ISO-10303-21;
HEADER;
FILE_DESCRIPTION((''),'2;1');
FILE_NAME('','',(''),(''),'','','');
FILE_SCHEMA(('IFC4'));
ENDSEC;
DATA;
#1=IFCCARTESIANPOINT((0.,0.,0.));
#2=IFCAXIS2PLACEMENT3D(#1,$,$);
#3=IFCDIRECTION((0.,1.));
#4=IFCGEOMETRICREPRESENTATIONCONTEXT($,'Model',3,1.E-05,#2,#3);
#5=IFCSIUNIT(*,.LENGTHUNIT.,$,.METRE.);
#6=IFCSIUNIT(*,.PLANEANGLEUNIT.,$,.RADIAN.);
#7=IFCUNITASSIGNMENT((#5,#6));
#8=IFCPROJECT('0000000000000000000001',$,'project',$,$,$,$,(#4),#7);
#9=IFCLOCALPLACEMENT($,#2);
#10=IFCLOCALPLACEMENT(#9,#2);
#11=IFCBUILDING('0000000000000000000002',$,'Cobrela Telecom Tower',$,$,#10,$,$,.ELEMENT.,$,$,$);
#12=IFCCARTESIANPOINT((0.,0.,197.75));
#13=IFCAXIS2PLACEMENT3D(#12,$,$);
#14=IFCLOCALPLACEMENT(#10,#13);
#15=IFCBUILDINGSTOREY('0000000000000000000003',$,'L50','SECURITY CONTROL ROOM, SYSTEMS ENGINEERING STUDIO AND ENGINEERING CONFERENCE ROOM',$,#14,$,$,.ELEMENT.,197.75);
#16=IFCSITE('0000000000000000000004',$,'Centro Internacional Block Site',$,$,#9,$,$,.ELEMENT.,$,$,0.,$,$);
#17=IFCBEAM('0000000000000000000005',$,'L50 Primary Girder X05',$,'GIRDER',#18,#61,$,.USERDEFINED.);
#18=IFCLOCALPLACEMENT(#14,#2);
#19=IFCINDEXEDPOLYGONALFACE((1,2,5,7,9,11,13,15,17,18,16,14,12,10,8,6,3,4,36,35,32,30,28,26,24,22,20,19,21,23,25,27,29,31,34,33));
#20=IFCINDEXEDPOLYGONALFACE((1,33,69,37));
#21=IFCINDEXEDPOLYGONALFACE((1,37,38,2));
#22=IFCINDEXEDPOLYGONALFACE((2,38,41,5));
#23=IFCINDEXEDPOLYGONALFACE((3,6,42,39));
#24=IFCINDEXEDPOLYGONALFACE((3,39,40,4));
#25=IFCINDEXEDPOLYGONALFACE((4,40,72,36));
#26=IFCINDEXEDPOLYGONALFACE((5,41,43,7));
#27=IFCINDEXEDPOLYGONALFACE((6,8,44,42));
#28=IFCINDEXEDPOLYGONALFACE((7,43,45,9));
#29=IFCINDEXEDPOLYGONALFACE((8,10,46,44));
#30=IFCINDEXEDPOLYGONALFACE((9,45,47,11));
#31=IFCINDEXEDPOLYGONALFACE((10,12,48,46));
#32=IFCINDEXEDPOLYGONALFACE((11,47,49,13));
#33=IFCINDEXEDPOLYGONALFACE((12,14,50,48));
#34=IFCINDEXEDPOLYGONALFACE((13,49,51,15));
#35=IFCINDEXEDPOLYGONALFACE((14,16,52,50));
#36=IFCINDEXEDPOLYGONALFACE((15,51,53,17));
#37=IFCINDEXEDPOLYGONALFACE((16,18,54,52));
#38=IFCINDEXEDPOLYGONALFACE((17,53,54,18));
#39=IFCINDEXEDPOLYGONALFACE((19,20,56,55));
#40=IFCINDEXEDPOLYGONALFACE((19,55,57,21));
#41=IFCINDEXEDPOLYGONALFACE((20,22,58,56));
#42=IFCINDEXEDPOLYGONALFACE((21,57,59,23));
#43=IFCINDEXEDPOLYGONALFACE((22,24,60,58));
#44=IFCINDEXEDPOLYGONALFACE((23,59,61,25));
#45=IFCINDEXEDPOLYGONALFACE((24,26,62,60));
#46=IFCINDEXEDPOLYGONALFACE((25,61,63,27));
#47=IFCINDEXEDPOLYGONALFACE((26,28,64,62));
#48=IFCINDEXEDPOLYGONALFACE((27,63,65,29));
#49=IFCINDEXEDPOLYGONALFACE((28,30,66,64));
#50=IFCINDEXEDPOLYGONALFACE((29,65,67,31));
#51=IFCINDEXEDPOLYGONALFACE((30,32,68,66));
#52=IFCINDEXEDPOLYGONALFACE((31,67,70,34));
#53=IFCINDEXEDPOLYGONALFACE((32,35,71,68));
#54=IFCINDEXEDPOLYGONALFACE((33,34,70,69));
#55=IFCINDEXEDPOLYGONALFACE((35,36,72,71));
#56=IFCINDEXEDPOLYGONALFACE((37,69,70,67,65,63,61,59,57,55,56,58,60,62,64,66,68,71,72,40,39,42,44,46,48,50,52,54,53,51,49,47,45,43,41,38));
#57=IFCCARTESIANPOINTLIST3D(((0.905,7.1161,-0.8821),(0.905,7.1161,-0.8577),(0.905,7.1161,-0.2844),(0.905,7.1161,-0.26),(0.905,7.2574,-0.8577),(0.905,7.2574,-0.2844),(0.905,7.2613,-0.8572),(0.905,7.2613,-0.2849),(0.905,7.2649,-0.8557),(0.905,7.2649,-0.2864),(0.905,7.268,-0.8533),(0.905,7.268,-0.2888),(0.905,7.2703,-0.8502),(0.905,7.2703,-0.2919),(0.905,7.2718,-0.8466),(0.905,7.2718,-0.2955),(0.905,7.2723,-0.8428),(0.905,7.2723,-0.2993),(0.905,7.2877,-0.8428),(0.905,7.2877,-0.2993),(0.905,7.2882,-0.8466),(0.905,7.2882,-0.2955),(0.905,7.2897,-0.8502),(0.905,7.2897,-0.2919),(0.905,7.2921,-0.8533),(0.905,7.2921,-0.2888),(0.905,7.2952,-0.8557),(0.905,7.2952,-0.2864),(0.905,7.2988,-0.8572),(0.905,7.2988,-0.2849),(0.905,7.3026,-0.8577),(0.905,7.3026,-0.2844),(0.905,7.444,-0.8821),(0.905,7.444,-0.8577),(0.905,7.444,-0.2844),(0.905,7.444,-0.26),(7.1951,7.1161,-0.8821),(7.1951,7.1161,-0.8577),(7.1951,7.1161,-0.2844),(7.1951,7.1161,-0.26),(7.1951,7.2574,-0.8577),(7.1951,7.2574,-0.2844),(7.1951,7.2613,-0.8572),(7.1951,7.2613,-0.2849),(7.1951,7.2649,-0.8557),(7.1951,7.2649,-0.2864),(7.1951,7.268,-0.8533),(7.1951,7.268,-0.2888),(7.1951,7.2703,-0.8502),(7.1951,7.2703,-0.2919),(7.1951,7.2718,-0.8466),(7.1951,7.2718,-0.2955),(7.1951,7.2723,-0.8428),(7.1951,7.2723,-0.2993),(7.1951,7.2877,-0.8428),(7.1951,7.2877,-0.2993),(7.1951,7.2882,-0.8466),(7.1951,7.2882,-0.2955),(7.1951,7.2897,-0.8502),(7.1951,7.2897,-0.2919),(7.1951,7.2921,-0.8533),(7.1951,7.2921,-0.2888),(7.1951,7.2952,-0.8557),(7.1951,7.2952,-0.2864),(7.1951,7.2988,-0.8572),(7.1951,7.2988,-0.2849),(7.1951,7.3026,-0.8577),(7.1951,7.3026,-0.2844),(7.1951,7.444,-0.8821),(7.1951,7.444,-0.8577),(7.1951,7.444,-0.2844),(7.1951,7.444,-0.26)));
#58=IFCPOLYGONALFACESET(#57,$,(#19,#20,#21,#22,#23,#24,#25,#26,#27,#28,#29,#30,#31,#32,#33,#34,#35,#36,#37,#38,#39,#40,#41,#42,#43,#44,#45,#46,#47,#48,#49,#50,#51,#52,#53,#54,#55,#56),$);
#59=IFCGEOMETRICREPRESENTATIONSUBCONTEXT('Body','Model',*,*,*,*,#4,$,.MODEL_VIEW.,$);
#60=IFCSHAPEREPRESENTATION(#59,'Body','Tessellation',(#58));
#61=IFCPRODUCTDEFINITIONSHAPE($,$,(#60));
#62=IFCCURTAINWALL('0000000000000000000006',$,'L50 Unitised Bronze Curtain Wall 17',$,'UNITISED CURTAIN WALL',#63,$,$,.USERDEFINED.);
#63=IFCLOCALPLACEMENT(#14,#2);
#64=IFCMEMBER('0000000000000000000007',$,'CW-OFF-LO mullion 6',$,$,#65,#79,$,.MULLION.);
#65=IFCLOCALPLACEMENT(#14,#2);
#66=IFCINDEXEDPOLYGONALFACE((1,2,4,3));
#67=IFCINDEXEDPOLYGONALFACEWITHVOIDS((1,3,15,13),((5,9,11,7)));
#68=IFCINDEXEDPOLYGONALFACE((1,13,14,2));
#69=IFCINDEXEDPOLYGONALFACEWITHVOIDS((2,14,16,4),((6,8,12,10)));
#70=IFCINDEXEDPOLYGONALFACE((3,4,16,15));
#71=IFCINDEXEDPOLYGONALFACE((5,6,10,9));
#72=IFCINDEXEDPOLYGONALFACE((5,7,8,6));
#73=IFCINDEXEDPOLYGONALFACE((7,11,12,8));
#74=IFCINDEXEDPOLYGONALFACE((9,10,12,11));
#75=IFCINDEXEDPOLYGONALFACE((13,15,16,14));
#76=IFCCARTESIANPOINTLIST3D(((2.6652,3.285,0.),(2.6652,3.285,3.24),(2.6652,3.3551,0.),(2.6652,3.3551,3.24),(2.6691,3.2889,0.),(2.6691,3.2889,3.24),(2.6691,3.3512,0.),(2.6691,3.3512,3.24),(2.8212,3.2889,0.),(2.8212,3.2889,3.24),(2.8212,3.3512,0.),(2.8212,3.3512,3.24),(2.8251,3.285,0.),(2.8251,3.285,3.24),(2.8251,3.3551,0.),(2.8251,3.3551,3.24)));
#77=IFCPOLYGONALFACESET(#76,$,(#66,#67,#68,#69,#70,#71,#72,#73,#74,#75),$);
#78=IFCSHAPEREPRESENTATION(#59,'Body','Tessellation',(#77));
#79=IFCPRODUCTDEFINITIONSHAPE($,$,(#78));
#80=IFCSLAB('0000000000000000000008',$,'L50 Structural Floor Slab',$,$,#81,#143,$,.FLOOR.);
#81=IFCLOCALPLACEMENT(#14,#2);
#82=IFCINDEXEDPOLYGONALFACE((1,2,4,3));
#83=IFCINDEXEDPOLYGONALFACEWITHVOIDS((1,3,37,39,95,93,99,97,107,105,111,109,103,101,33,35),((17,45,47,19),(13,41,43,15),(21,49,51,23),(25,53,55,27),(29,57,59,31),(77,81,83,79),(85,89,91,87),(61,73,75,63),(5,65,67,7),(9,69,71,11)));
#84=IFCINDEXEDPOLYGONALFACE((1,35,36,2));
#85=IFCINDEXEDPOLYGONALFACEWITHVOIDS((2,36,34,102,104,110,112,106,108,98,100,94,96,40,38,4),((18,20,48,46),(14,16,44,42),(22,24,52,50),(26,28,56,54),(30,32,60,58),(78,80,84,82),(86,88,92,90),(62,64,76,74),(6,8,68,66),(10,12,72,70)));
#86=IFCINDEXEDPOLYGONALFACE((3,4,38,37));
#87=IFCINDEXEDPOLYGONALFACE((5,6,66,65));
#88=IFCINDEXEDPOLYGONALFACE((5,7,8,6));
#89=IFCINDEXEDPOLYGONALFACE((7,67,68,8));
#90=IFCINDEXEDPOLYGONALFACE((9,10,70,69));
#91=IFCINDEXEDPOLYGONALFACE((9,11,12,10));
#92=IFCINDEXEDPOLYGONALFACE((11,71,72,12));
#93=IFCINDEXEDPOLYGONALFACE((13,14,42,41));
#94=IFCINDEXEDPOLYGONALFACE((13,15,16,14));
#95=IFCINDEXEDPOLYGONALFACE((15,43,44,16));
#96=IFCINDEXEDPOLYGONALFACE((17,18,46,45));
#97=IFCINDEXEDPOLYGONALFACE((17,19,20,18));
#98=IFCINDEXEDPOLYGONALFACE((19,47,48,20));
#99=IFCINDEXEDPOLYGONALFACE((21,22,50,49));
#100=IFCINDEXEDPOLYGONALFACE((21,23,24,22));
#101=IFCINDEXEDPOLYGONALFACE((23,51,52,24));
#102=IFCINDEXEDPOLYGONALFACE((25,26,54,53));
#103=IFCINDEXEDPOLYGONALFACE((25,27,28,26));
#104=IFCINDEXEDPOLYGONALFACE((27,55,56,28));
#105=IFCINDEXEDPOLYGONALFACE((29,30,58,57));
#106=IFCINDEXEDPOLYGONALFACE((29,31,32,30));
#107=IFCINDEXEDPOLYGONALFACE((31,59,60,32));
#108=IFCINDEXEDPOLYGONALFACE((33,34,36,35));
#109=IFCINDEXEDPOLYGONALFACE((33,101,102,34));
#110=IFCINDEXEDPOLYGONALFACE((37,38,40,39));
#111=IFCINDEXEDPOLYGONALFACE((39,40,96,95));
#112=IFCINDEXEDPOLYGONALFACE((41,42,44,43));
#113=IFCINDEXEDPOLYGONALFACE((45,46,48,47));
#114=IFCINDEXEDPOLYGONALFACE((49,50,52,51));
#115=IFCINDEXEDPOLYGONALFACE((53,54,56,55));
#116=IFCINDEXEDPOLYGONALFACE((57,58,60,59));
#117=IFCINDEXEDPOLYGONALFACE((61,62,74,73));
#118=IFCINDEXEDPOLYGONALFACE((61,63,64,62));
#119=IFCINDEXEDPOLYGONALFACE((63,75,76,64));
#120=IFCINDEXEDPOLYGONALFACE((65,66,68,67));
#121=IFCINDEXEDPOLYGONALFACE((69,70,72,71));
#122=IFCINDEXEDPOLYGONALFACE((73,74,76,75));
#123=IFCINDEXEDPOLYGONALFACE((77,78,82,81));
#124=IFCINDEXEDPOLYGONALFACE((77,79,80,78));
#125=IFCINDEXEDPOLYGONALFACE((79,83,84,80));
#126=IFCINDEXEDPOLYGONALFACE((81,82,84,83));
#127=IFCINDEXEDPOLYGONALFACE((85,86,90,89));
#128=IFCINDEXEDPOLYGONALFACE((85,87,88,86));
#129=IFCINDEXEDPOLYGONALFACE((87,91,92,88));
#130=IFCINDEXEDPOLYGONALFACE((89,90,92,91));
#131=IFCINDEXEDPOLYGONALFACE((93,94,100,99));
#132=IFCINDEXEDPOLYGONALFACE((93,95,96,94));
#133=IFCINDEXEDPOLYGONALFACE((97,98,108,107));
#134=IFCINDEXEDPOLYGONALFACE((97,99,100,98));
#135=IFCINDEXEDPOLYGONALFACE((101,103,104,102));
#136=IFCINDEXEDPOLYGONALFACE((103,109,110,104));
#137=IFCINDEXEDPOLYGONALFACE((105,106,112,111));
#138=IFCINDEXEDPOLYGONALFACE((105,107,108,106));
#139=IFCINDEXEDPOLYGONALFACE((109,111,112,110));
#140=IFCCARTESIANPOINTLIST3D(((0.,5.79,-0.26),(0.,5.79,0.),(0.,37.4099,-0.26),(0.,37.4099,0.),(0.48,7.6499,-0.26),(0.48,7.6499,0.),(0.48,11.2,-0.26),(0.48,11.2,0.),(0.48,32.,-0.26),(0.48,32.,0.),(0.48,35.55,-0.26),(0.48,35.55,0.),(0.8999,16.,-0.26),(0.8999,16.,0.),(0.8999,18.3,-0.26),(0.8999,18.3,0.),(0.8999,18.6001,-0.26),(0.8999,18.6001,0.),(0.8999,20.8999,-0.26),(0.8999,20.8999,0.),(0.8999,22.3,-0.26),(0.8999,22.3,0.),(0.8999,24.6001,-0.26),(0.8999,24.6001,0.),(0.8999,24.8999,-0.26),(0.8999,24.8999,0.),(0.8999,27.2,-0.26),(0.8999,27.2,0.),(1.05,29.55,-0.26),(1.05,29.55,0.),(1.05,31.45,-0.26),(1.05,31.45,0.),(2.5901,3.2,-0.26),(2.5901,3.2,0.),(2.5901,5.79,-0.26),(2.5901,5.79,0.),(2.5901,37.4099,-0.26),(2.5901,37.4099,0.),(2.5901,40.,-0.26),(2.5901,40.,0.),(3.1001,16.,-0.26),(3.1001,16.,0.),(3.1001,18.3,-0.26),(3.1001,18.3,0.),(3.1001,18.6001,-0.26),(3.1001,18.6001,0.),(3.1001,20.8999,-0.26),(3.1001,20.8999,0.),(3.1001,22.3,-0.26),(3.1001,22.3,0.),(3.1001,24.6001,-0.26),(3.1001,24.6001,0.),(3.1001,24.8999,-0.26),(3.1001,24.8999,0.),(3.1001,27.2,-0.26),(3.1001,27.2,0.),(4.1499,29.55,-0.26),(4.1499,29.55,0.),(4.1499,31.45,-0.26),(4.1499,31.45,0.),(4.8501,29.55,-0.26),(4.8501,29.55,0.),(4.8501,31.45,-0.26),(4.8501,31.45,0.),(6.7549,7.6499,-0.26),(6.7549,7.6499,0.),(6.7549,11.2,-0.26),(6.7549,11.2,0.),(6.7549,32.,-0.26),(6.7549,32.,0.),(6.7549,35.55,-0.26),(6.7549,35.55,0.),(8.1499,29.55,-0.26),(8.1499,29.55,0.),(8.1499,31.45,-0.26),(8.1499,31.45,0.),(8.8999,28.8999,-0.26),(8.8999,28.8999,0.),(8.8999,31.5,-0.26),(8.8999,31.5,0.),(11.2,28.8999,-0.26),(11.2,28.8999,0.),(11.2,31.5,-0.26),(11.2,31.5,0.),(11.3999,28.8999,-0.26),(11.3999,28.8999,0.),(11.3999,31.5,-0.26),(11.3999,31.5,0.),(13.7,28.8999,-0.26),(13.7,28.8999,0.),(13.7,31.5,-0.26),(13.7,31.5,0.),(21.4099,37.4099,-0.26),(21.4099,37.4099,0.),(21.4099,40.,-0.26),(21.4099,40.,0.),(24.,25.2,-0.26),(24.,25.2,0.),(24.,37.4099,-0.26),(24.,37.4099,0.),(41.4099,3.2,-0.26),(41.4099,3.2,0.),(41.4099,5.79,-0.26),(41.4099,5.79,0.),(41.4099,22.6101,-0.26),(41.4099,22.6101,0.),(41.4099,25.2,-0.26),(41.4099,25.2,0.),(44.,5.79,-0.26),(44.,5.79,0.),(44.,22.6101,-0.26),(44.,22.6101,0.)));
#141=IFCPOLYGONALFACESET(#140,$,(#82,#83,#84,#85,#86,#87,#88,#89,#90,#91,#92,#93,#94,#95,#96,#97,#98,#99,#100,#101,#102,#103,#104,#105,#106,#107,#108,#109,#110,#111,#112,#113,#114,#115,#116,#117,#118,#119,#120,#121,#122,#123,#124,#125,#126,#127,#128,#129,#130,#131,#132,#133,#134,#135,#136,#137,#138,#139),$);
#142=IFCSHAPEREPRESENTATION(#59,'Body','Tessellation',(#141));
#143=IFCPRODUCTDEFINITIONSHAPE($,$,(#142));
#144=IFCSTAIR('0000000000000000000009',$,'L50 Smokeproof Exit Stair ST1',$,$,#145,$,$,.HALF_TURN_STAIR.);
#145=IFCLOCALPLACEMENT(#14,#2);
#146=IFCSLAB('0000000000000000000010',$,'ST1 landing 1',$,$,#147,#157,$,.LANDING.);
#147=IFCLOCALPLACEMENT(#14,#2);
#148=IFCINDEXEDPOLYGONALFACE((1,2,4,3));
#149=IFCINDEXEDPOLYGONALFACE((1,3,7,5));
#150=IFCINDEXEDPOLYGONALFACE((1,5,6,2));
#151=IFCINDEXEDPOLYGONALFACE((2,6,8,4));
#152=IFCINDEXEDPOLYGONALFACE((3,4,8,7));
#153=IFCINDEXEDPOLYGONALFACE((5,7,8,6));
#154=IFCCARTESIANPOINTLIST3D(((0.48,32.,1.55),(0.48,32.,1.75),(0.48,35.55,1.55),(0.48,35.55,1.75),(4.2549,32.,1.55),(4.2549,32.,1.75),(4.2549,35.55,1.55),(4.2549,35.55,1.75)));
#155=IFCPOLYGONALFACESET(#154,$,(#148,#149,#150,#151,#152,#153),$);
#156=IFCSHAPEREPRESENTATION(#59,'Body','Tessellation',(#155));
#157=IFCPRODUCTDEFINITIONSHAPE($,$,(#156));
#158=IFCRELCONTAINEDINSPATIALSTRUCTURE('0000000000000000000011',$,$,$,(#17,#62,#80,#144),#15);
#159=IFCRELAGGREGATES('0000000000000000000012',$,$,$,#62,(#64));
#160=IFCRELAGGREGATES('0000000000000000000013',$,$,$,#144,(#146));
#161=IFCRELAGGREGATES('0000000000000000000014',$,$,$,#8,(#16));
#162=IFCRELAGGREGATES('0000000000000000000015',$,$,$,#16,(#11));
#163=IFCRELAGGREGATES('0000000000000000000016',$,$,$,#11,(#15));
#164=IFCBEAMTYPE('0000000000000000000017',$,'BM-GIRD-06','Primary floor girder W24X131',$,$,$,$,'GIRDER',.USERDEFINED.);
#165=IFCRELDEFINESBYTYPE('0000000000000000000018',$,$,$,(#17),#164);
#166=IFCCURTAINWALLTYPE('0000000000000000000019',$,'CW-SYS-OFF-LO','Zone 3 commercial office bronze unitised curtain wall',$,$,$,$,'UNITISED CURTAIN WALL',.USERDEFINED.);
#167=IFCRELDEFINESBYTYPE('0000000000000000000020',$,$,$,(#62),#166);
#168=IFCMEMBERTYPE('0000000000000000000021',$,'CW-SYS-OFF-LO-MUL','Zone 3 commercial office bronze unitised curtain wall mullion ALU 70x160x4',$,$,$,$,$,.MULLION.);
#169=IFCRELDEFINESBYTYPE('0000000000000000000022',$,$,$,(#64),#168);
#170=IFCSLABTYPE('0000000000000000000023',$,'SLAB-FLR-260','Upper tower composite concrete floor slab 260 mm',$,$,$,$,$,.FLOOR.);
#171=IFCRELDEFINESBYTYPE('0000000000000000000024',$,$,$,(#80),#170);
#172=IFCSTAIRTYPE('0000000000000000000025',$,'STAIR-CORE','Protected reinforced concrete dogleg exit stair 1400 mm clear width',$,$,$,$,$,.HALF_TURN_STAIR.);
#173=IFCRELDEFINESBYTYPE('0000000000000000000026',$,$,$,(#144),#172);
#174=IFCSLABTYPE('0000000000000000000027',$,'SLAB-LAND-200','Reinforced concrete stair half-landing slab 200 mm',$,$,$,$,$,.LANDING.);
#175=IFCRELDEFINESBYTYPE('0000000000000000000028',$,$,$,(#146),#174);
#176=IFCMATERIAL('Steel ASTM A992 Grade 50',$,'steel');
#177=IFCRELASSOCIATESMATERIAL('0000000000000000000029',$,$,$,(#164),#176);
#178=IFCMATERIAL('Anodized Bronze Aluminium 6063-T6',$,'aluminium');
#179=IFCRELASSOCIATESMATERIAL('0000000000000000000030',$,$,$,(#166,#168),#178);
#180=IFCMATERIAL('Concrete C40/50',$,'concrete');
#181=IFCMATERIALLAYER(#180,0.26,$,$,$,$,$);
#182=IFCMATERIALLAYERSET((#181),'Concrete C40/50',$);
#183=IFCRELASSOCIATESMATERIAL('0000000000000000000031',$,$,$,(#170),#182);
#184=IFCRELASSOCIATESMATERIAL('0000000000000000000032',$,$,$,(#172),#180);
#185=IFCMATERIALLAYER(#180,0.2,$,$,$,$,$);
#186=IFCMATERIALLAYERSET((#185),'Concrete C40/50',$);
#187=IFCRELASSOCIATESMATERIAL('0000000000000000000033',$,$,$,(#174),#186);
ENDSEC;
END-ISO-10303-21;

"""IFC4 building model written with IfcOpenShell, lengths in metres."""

from ifc_helpers import new_model, si_unit, direction, frame, origin, origin_2d, place, context, subcontext, project, spatial, polyline, hollow_rectangle, i_section, outline, extrude, material, layer, layer_set, material_profile, profile_set, type_object, element, aggregate, save


model = new_model("IFC4")

# Units and contexts
model_context = context("Model", 3, precision=1e-05, world=origin(), true_north=direction((0.0, 1.0)))
body_context = subcontext(model_context, "Body", "Model", "MODEL_VIEW")
ifc_project = project(units=[si_unit("LENGTHUNIT", "METRE"), si_unit("PLANEANGLEUNIT", "RADIAN")], contexts=[model_context])

# Site, building, storey
site_placement = place(None, origin())
site = spatial("IfcSite", under=ifc_project, at=site_placement, Name="Centro Internacional Block Site", CompositionType="ELEMENT", RefElevation=0.0)
building_placement = place(site_placement, origin())
building = spatial("IfcBuilding", under=site, at=building_placement, Name="Cobrela Telecom Tower", CompositionType="ELEMENT")
storey_placement = place(building_placement, frame((0.0, 0.0, 197.75)))
storey = spatial("IfcBuildingStorey", under=building, at=storey_placement, Name="L50", Description="SECURITY CONTROL ROOM, SYSTEMS ENGINEERING STUDIO AND ENGINEERING CONFERENCE ROOM", CompositionType="ELEMENT", Elevation=197.75)

# Beam
ifc_material_1 = material(Name="Steel ASTM A992 Grade 50", Category="steel")
ifc_material_profile_1 = material_profile(ifc_material_1, i_section(OverallWidth=0.3279, OverallDepth=0.6221, WebThickness=0.0154, FlangeThickness=0.0244, FilletRadius=0.0149, at=origin_2d()), Name="W24X131")
ifc_profile_set_1 = profile_set([ifc_material_profile_1], Name="Steel ASTM A992 Grade 50")
beam_type = type_object("IfcBeamType", Name="BM-GIRD-06", Description="Primary floor girder W24X131", ElementType="GIRDER", PredefinedType="USERDEFINED", material=ifc_profile_set_1)
beam_placement = place(storey_placement, frame((0.905, 7.28, -0.571), z_axis=(1.0, 0.0, 0.0), x_axis=(0.0, 1.0, 0.0)))
element("IfcBeam", 1, at=beam_placement, inside=storey, type_object=beam_type, Name="L50 Primary Girder X05", ObjectType="GIRDER", PredefinedType="USERDEFINED", context=body_context, shape_type="SweptSolid", body=[
    extrude(i_section(OverallWidth=0.3279, OverallDepth=0.6221, WebThickness=0.0154, FlangeThickness=0.0244, FilletRadius=0.0149, at=origin_2d()), origin(), (0.0, 0.0, 1.0), 6.29),
])

# Curtain wall, member
ifc_material_2 = material(Name="Anodized Bronze Aluminium 6063-T6", Category="aluminium")
curtain_wall_type = type_object("IfcCurtainWallType", Name="CW-SYS-OFF-LO", Description="Zone 3 commercial office bronze unitised curtain wall", ElementType="UNITISED CURTAIN WALL", PredefinedType="USERDEFINED", material=ifc_material_2)
curtain_wall_placement = place(storey_placement, origin())
curtain_wall = element("IfcCurtainWall", 2, at=curtain_wall_placement, inside=storey, type_object=curtain_wall_type, Name="L50 Unitised Bronze Curtain Wall 17", ObjectType="UNITISED CURTAIN WALL", PredefinedType="USERDEFINED")
ifc_material_profile_2 = material_profile(ifc_material_2, hollow_rectangle(XDim=0.0701, YDim=0.1599, WallThickness=0.0039, at=origin_2d()), Name="ALU 70x160x4")
ifc_profile_set_2 = profile_set([ifc_material_profile_2], Name="Anodized Bronze Aluminium 6063-T6")
member_type = type_object("IfcMemberType", Name="CW-SYS-OFF-LO-MUL", Description="Zone 3 commercial office bronze unitised curtain wall mullion ALU 70x160x4", PredefinedType="MULLION", material=ifc_profile_set_2)
member_placement = place(storey_placement, frame((2.7451, 3.3201, 0.0), z_axis=(0.0, 0.0, 1.0), x_axis=(0.0, -1.0, 0.0)))
member = element("IfcMember", 3, at=member_placement, type_object=member_type, Name="CW-OFF-LO mullion 6", PredefinedType="MULLION", context=body_context, shape_type="SweptSolid", body=[
    extrude(hollow_rectangle(XDim=0.0701, YDim=0.1599, WallThickness=0.0039, at=origin_2d()), origin(), (0.0, 0.0, 1.0), 3.24),
])
aggregate(curtain_wall, [member])

# Slab, openings
ifc_material_3 = material(Name="Concrete C40/50", Category="concrete")
ifc_layer_1 = layer(ifc_material_3, 0.26)
ifc_layer_set_1 = layer_set([ifc_layer_1], Name="Concrete C40/50")
slab_type_1 = type_object("IfcSlabType", Name="SLAB-FLR-260", Description="Upper tower composite concrete floor slab 260 mm", PredefinedType="FLOOR", material=ifc_layer_set_1)
slab_1_placement = place(storey_placement, frame((0.0, 0.0, -0.26)))
slab_1 = element("IfcSlab", 4, at=slab_1_placement, inside=storey, type_object=slab_type_1, Name="L50 Structural Floor Slab", PredefinedType="FLOOR", context=body_context, shape_type="SweptSolid", body=[
    extrude(outline(polyline([(2.5901, 3.2), (41.4099, 3.2), (41.4099, 5.79), (44.0, 5.79), (44.0, 22.6101), (41.4099, 22.6101), (41.4099, 25.2), (24.0, 25.2), (24.0, 37.4099), (21.4099, 37.4099), (21.4099, 40.0), (2.5901, 40.0), (2.5901, 37.4099), (0.0, 37.4099), (0.0, 5.79), (2.5901, 5.79), (2.5901, 3.2)])), origin(), (0.0, 0.0, 1.0), 0.26),
])
opening_1_placement = place(slab_1_placement, frame((0.0, 0.0, -0.02)))
element("IfcOpeningElement", 5, at=opening_1_placement, cuts=slab_1, PredefinedType="OPENING", context=body_context, shape_type="SweptSolid", body=[
    extrude(outline(polyline([(8.8999, 28.8999), (11.2, 28.8999), (11.2, 31.5), (8.8999, 31.5), (8.8999, 28.8999)])), origin(), (0.0, 0.0, 1.0), 0.3),
])
opening_2_placement = place(slab_1_placement, frame((0.0, 0.0, -0.02)))
element("IfcOpeningElement", 6, at=opening_2_placement, cuts=slab_1, PredefinedType="OPENING", context=body_context, shape_type="SweptSolid", body=[
    extrude(outline(polyline([(11.3999, 28.8999), (13.7, 28.8999), (13.7, 31.5), (11.3999, 31.5), (11.3999, 28.8999)])), origin(), (0.0, 0.0, 1.0), 0.3),
])
opening_3_placement = place(slab_1_placement, frame((0.0, 0.0, -0.02)))
element("IfcOpeningElement", 7, at=opening_3_placement, cuts=slab_1, PredefinedType="OPENING", context=body_context, shape_type="SweptSolid", body=[
    extrude(outline(polyline([(0.8999, 16.0), (3.1001, 16.0), (3.1001, 18.3), (0.8999, 18.3), (0.8999, 16.0)])), origin(), (0.0, 0.0, 1.0), 0.3),
])
opening_4_placement = place(slab_1_placement, frame((0.0, 0.0, -0.02)))
element("IfcOpeningElement", 8, at=opening_4_placement, cuts=slab_1, PredefinedType="OPENING", context=body_context, shape_type="SweptSolid", body=[
    extrude(outline(polyline([(0.8999, 18.6001), (3.1001, 18.6001), (3.1001, 20.8999), (0.8999, 20.8999), (0.8999, 18.6001)])), origin(), (0.0, 0.0, 1.0), 0.3),
])
opening_5_placement = place(slab_1_placement, frame((0.0, 0.0, -0.02)))
element("IfcOpeningElement", 9, at=opening_5_placement, cuts=slab_1, PredefinedType="OPENING", context=body_context, shape_type="SweptSolid", body=[
    extrude(outline(polyline([(0.8999, 22.3), (3.1001, 22.3), (3.1001, 24.6001), (0.8999, 24.6001), (0.8999, 22.3)])), origin(), (0.0, 0.0, 1.0), 0.3),
])
opening_6_placement = place(slab_1_placement, frame((0.0, 0.0, -0.02)))
element("IfcOpeningElement", 10, at=opening_6_placement, cuts=slab_1, PredefinedType="OPENING", context=body_context, shape_type="SweptSolid", body=[
    extrude(outline(polyline([(0.8999, 24.8999), (3.1001, 24.8999), (3.1001, 27.2), (0.8999, 27.2), (0.8999, 24.8999)])), origin(), (0.0, 0.0, 1.0), 0.3),
])
opening_7_placement = place(slab_1_placement, frame((0.0, 0.0, -0.02)))
element("IfcOpeningElement", 11, at=opening_7_placement, cuts=slab_1, PredefinedType="OPENING", context=body_context, shape_type="SweptSolid", body=[
    extrude(outline(polyline([(1.05, 29.55), (4.1499, 29.55), (4.1499, 31.45), (1.05, 31.45), (1.05, 29.55)])), origin(), (0.0, 0.0, 1.0), 0.3),
])
opening_8_placement = place(slab_1_placement, frame((0.0, 0.0, -0.02)))
element("IfcOpeningElement", 12, at=opening_8_placement, cuts=slab_1, PredefinedType="OPENING", context=body_context, shape_type="SweptSolid", body=[
    extrude(outline(polyline([(4.8501, 29.55), (8.1499, 29.55), (8.1499, 31.45), (4.8501, 31.45), (4.8501, 29.55)])), origin(), (0.0, 0.0, 1.0), 0.3),
])
opening_9_placement = place(slab_1_placement, frame((0.0, 0.0, -0.02)))
element("IfcOpeningElement", 13, at=opening_9_placement, cuts=slab_1, PredefinedType="OPENING", context=body_context, shape_type="SweptSolid", body=[
    extrude(outline(polyline([(6.7549, 35.55), (0.48, 35.55), (0.48, 32.0), (6.7549, 32.0), (6.7549, 35.55)])), origin(), (0.0, 0.0, 1.0), 0.3),
])
opening_10_placement = place(slab_1_placement, frame((0.0, 0.0, -0.02)))
element("IfcOpeningElement", 14, at=opening_10_placement, cuts=slab_1, PredefinedType="OPENING", context=body_context, shape_type="SweptSolid", body=[
    extrude(outline(polyline([(6.7549, 11.2), (0.48, 11.2), (0.48, 7.6499), (6.7549, 7.6499), (6.7549, 11.2)])), origin(), (0.0, 0.0, 1.0), 0.3),
])

# Stair, slab
stair_type = type_object("IfcStairType", Name="STAIR-CORE", Description="Protected reinforced concrete dogleg exit stair 1400 mm clear width", PredefinedType="HALF_TURN_STAIR", material=ifc_material_3)
stair_1_placement = place(storey_placement, origin())
stair_1 = element("IfcStair", 15, at=stair_1_placement, inside=storey, type_object=stair_type, Name="L50 Smokeproof Exit Stair ST1", PredefinedType="HALF_TURN_STAIR")
ifc_layer_2 = layer(ifc_material_3, 0.2)
ifc_layer_set_2 = layer_set([ifc_layer_2], Name="Concrete C40/50")
slab_type_2 = type_object("IfcSlabType", Name="SLAB-LAND-200", Description="Reinforced concrete stair half-landing slab 200 mm", PredefinedType="LANDING", material=ifc_layer_set_2)
slab_2_placement = place(storey_placement, frame((0.0, 0.0, 1.55)))
slab_2 = element("IfcSlab", 16, at=slab_2_placement, type_object=slab_type_2, Name="ST1 landing 1", PredefinedType="LANDING", context=body_context, shape_type="SweptSolid", body=[
    extrude(outline(polyline([(4.2549, 35.55), (0.48, 35.55), (0.48, 32.0), (4.2549, 32.0), (4.2549, 35.55)])), origin(), (0.0, 0.0, 1.0), 0.2),
])
aggregate(stair_1, [slab_2])

save(model, "model.ifc")
